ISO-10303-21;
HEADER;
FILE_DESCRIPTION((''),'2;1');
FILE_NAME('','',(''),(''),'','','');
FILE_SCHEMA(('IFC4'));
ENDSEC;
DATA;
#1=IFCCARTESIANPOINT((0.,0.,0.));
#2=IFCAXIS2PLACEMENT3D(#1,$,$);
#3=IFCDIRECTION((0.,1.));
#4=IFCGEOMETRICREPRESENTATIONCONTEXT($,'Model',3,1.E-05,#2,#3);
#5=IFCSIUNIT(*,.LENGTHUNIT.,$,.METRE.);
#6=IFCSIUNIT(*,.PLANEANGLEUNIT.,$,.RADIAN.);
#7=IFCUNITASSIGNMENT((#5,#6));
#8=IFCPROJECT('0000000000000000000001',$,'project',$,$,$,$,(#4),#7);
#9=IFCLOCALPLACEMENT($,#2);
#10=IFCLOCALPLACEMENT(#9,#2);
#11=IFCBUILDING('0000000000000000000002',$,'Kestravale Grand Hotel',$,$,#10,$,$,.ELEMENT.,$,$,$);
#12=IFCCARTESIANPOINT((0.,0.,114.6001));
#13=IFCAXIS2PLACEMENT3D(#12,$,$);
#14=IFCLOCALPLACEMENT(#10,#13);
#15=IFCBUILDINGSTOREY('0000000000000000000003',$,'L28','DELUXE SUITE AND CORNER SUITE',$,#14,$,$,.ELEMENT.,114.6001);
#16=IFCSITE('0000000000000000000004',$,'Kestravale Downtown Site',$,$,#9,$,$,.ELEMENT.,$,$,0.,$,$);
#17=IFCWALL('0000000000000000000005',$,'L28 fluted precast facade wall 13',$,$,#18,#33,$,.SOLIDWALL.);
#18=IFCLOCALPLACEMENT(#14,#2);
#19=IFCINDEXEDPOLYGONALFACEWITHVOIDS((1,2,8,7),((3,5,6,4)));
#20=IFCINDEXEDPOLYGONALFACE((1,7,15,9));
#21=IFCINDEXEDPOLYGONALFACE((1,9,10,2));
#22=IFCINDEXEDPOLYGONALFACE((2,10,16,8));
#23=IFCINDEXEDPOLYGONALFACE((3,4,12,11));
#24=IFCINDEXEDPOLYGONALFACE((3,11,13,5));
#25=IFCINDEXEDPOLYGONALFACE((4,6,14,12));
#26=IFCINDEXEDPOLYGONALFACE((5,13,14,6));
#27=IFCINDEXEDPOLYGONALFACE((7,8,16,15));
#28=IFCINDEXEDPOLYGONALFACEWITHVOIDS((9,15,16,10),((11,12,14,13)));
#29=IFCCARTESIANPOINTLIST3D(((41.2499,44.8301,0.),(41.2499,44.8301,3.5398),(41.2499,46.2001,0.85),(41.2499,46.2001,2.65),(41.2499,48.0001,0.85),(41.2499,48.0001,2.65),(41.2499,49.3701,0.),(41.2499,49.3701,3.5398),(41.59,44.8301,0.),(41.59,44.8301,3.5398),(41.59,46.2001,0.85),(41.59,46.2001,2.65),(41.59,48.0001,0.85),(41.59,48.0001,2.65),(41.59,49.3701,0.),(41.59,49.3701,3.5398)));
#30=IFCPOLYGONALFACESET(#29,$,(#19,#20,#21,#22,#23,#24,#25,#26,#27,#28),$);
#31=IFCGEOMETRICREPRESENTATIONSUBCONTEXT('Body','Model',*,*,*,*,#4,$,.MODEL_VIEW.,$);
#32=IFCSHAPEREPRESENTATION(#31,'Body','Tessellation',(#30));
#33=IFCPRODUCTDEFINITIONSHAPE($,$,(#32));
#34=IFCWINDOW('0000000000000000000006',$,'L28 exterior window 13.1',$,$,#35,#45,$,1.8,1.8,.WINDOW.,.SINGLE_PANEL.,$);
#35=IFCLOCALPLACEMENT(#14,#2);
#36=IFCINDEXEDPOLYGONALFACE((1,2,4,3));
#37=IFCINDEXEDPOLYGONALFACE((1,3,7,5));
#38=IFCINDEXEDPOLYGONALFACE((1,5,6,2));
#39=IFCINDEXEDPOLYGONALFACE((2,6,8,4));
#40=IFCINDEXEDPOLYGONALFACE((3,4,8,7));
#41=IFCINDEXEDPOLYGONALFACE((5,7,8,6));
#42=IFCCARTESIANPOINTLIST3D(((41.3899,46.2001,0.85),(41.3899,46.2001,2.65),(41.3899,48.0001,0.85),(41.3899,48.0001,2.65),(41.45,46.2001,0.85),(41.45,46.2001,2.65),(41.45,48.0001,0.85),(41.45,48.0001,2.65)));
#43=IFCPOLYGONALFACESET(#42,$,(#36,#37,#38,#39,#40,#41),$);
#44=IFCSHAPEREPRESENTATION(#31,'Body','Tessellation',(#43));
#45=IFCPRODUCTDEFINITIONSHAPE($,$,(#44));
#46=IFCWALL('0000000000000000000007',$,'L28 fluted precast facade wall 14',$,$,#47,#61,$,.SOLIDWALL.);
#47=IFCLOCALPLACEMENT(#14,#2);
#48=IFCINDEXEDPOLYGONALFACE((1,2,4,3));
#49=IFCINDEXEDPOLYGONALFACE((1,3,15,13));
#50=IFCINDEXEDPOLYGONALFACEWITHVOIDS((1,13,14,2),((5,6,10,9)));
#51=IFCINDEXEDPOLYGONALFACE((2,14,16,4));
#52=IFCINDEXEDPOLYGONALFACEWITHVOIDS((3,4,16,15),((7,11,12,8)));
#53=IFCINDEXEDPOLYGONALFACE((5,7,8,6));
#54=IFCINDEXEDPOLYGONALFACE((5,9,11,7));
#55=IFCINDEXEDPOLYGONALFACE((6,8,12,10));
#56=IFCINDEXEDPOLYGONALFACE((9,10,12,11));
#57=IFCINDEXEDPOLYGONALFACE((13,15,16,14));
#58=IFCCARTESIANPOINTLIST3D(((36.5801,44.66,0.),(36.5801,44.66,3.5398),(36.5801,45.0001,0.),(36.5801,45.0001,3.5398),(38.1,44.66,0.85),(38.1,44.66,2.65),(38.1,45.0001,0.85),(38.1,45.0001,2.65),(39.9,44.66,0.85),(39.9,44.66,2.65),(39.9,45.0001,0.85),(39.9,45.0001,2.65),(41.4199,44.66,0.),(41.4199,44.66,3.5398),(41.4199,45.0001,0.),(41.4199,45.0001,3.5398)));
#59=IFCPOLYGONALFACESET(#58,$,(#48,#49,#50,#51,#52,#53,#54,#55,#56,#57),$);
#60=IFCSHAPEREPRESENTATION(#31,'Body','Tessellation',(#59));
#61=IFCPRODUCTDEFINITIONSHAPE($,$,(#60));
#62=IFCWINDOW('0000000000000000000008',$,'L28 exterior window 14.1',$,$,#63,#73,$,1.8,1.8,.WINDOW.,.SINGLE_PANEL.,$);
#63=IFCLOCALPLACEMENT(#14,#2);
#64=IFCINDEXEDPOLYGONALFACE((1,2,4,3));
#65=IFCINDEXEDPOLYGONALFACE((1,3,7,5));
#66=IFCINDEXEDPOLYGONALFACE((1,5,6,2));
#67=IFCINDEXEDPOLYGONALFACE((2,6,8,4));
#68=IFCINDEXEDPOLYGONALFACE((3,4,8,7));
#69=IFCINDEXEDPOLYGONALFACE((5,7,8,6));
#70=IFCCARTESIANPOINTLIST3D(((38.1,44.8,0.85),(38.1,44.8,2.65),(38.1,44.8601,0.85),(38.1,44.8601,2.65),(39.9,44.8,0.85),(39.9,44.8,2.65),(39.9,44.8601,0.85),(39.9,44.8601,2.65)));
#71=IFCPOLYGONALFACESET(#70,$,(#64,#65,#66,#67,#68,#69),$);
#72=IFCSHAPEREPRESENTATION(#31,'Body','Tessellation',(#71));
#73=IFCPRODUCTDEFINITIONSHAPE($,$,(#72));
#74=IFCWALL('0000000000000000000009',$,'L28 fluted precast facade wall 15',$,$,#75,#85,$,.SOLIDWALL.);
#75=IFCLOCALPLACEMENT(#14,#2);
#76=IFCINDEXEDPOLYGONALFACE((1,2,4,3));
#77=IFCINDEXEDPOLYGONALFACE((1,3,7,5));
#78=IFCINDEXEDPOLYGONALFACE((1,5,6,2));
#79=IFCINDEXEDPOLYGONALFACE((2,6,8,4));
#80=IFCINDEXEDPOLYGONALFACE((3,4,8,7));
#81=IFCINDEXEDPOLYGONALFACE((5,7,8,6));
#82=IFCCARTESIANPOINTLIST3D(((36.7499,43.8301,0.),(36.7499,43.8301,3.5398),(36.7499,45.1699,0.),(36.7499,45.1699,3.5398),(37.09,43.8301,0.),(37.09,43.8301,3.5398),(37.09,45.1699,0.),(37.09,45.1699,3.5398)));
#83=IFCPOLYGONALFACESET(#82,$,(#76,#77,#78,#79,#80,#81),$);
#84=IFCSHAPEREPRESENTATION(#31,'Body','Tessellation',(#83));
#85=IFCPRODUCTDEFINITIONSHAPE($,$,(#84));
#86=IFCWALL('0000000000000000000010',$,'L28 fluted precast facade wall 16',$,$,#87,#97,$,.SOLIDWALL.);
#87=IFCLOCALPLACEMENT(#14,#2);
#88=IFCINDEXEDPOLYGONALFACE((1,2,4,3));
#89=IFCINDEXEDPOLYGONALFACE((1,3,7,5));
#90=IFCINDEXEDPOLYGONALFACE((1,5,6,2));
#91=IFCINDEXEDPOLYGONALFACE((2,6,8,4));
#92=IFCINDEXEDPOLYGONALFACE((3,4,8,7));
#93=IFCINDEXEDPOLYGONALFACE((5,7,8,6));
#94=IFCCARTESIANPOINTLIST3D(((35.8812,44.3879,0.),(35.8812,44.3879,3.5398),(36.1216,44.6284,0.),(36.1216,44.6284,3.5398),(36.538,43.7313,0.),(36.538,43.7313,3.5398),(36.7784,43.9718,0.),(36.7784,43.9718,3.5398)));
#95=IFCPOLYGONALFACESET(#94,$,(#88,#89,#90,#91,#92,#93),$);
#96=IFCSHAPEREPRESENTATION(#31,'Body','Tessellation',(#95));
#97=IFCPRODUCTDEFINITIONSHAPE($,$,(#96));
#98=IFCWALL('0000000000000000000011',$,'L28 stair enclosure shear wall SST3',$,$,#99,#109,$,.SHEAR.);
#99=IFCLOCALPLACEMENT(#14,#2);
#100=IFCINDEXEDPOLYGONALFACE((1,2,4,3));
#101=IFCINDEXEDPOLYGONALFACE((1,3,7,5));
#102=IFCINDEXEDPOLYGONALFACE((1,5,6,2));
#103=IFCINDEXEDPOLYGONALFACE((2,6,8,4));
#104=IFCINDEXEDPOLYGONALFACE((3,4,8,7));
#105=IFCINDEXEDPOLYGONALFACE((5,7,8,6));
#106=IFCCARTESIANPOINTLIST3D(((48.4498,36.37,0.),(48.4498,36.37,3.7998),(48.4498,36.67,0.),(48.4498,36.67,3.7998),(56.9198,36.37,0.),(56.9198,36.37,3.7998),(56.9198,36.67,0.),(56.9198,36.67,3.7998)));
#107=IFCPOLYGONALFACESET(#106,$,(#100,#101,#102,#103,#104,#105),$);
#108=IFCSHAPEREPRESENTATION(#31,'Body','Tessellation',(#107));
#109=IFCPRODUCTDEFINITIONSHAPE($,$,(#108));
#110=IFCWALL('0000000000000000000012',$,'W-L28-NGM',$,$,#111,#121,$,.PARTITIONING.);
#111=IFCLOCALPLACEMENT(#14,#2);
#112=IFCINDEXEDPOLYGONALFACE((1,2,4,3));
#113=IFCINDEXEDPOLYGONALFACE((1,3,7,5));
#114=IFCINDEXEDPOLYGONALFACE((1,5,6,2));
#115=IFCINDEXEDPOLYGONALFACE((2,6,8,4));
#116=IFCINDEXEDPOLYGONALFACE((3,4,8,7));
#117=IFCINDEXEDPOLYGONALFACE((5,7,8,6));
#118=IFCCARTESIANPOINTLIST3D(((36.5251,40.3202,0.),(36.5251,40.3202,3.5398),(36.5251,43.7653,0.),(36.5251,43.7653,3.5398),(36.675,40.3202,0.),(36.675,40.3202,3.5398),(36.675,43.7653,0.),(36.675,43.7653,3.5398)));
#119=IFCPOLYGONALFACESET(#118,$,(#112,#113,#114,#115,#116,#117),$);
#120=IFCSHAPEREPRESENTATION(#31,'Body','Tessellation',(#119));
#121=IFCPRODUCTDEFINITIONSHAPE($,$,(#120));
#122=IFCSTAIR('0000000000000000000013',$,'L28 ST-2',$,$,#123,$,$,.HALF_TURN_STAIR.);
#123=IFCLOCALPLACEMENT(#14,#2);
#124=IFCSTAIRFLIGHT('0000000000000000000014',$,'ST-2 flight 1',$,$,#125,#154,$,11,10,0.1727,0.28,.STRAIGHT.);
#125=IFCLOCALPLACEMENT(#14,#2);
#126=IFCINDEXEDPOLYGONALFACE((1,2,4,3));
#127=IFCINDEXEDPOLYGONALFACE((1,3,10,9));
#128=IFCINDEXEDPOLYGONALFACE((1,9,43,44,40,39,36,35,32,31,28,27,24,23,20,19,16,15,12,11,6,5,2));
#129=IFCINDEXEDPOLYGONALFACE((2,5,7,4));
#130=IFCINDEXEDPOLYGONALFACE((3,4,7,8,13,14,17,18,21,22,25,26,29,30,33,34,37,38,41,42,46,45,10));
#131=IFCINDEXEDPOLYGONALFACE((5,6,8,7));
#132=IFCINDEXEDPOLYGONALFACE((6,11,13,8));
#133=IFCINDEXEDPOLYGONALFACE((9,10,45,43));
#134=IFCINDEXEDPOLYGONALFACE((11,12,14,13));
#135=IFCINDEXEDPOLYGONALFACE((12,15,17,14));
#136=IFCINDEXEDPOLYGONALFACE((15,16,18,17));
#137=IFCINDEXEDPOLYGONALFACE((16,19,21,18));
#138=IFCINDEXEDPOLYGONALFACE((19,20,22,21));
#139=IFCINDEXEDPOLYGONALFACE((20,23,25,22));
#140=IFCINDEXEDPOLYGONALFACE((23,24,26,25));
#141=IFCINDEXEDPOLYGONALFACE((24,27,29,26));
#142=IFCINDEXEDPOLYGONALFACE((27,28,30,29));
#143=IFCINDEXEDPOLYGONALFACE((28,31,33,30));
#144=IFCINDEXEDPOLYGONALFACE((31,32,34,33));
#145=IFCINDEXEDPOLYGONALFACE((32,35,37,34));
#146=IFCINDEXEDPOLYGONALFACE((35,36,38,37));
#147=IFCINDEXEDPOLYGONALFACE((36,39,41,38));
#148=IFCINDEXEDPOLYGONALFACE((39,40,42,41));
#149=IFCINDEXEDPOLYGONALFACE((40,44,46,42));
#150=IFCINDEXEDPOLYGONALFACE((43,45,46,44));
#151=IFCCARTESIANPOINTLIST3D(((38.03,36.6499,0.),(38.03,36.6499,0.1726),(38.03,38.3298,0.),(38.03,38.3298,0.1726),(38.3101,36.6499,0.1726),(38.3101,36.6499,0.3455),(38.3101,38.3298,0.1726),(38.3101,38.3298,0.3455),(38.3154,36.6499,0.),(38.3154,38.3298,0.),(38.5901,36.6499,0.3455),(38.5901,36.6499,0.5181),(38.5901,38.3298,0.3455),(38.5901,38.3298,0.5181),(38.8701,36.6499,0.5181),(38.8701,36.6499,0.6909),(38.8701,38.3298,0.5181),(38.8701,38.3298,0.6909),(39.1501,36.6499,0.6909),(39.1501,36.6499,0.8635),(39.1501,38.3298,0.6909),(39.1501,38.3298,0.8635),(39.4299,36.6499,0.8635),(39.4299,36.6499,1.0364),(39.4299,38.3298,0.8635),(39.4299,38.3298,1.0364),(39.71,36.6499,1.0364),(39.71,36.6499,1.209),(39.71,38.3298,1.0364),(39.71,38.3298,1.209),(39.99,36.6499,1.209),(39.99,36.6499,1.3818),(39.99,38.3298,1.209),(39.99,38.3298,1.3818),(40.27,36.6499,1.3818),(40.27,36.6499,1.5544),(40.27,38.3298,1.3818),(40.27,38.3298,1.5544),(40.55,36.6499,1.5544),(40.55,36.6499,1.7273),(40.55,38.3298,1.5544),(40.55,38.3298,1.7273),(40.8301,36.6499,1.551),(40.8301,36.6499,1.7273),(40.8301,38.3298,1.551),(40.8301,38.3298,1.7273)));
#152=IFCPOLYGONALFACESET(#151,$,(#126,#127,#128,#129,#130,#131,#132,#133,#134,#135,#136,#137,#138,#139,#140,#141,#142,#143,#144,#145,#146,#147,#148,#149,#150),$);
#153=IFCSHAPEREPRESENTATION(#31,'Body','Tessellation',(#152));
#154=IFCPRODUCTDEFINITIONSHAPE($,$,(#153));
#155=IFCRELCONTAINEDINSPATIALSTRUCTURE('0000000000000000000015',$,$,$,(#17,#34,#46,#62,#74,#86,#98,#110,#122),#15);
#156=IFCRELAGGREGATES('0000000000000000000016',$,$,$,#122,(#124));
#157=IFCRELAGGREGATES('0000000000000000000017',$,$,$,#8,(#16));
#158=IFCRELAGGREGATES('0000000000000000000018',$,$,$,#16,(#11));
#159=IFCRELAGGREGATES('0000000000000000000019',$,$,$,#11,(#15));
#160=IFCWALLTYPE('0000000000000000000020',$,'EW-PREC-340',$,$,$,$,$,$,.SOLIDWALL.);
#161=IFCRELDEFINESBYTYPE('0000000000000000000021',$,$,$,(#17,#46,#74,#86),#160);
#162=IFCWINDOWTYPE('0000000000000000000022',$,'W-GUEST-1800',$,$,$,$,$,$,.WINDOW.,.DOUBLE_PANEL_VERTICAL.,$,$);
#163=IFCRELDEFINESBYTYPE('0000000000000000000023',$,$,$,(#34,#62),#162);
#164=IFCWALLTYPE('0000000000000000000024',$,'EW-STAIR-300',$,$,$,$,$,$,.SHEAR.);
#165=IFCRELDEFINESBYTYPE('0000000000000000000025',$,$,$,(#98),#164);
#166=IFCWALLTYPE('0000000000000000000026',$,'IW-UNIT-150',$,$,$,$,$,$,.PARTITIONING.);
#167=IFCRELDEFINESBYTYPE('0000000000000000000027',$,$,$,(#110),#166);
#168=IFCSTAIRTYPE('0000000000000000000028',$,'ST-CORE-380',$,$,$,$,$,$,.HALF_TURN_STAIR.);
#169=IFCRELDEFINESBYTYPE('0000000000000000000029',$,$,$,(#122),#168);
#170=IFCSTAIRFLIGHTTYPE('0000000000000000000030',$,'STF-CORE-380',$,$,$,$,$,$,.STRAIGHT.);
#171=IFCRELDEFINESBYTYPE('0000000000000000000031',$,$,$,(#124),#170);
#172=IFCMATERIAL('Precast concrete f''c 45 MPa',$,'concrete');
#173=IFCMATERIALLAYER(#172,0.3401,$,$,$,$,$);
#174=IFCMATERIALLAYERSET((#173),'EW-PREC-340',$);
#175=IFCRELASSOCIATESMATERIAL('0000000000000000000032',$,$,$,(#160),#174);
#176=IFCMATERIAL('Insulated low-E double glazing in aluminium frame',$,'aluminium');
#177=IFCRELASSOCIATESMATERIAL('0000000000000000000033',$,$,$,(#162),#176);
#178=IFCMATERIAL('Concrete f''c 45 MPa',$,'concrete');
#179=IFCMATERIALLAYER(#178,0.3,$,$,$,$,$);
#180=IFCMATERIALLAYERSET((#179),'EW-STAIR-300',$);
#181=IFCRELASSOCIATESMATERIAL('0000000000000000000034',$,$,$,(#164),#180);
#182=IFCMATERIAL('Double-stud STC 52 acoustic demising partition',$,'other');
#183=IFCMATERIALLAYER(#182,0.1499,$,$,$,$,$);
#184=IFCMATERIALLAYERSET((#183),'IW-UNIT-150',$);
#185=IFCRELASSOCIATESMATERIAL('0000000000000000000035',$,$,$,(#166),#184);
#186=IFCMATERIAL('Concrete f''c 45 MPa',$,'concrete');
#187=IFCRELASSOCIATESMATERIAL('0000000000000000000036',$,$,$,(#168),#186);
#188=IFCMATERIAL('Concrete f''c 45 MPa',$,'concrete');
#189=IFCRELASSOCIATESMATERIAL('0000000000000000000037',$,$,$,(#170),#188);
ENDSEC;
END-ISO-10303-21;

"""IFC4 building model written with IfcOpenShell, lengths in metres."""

from ifc_helpers import new_model, si_unit, direction, frame, frame_2d, origin, place, context, subcontext, project, spatial, polyline, rectangle, outline, extrude, material, layer, layer_set, type_object, element, fill, aggregate, save


model = new_model("IFC4")

# Units and contexts
model_context = context("Model", 3, precision=1e-05, world=origin(), true_north=direction((0.0, 1.0)))
body_context = subcontext(model_context, "Body", "Model", "MODEL_VIEW")
ifc_project = project(units=[si_unit("LENGTHUNIT", "METRE"), si_unit("PLANEANGLEUNIT", "RADIAN")], contexts=[model_context])

# Site, building, storey
site_placement = place(None, origin())
site = spatial("IfcSite", under=ifc_project, at=site_placement, Name="Kestravale Downtown Site", CompositionType="ELEMENT", RefElevation=0.0)
building_placement = place(site_placement, origin())
building = spatial("IfcBuilding", under=site, at=building_placement, Name="Kestravale Grand Hotel", CompositionType="ELEMENT")
storey_placement = place(building_placement, frame((0.0, 0.0, 114.6001)))
storey = spatial("IfcBuildingStorey", under=building, at=storey_placement, Name="L28", Description="DELUXE SUITE AND CORNER SUITE", CompositionType="ELEMENT", Elevation=114.6001)

# Shared definitions
ifc_material_1 = material(Name="Precast concrete f'c 45 MPa", Category="concrete")
ifc_layer_1 = layer(ifc_material_1, 0.3401)
ifc_layer_set_1 = layer_set([ifc_layer_1], Name="EW-PREC-340")
wall_type_1 = type_object("IfcWallType", Name="EW-PREC-340", PredefinedType="SOLIDWALL", material=ifc_layer_set_1)

# Walls, openings, windows
wall_1_placement = place(storey_placement, frame((41.4199, 49.3701, 0.0), z_axis=(0.0, 0.0, 1.0), x_axis=(0.0, -1.0, 0.0)))
wall_1 = element("IfcWall", 1, at=wall_1_placement, inside=storey, type_object=wall_type_1, Name="L28 fluted precast facade wall 13", PredefinedType="SOLIDWALL", context=body_context, shape_type="SweptSolid", body=[
    extrude(rectangle(XDim=4.54, YDim=0.3401, at=frame_2d((2.27, 0.0))), origin(), (0.0, 0.0, 1.0), 3.5398),
])
opening_1_placement = place(wall_1_placement, frame((1.3701, 0.0, 0.8501)))
opening_1 = element("IfcOpeningElement", 2, at=opening_1_placement, cuts=wall_1, PredefinedType="OPENING", context=body_context, shape_type="SweptSolid", body=[
    extrude(rectangle(XDim=1.8, YDim=1.8, at=frame_2d((0.8999, 0.8999))), frame((0.0, 0.1799, 0.0), z_axis=(0.0, -1.0, 0.0), x_axis=(1.0, 0.0, 0.0)), (0.0, 0.0, 1.0), 0.3601),
])
ifc_material_2 = material(Name="Insulated low-E double glazing in aluminium frame", Category="aluminium")
window_type = type_object("IfcWindowType", Name="W-GUEST-1800", PartitioningType="DOUBLE_PANEL_VERTICAL", PredefinedType="WINDOW", material=ifc_material_2)
window_1_placement = place(opening_1_placement, origin())
window_1 = element("IfcWindow", 3, at=window_1_placement, inside=storey, type_object=window_type, Name="L28 exterior window 13.1", OverallHeight=1.8, OverallWidth=1.8, PartitioningType="SINGLE_PANEL", PredefinedType="WINDOW", context=body_context, shape_type="SweptSolid", body=[
    extrude(rectangle(XDim=1.8, YDim=1.8, at=frame_2d((0.8999, 0.8999))), frame((0.0, 0.03, 0.0), z_axis=(0.0, -1.0, 0.0), x_axis=(1.0, 0.0, 0.0)), (0.0, 0.0, 1.0), 0.0601),
])
fill(opening_1, window_1)
wall_2_placement = place(storey_placement, frame((41.4199, 44.8301, 0.0), z_axis=(0.0, 0.0, 1.0), x_axis=(-1.0, 0.0, 0.0)))
wall_2 = element("IfcWall", 4, at=wall_2_placement, inside=storey, type_object=wall_type_1, Name="L28 fluted precast facade wall 14", PredefinedType="SOLIDWALL", context=body_context, shape_type="SweptSolid", body=[
    extrude(rectangle(XDim=4.8398, YDim=0.3401, at=frame_2d((2.4199, 0.0))), origin(), (0.0, 0.0, 1.0), 3.5398),
])
opening_2_placement = place(wall_2_placement, frame((1.52, 0.0, 0.8501)))
opening_2 = element("IfcOpeningElement", 5, at=opening_2_placement, cuts=wall_2, PredefinedType="OPENING", context=body_context, shape_type="SweptSolid", body=[
    extrude(rectangle(XDim=1.8, YDim=1.8, at=frame_2d((0.8999, 0.8999))), frame((0.0, 0.1799, 0.0), z_axis=(0.0, -1.0, 0.0), x_axis=(1.0, 0.0, 0.0)), (0.0, 0.0, 1.0), 0.3601),
])
window_2_placement = place(opening_2_placement, origin())
window_2 = element("IfcWindow", 6, at=window_2_placement, inside=storey, type_object=window_type, Name="L28 exterior window 14.1", OverallHeight=1.8, OverallWidth=1.8, PartitioningType="SINGLE_PANEL", PredefinedType="WINDOW", context=body_context, shape_type="SweptSolid", body=[
    extrude(rectangle(XDim=1.8, YDim=1.8, at=frame_2d((0.8999, 0.8999))), frame((0.0, 0.03, 0.0), z_axis=(0.0, -1.0, 0.0), x_axis=(1.0, 0.0, 0.0)), (0.0, 0.0, 1.0), 0.0601),
])
fill(opening_2, window_2)

# Walls
wall_3_placement = place(storey_placement, frame((36.9199, 45.1699, 0.0), z_axis=(0.0, 0.0, 1.0), x_axis=(0.0, -1.0, 0.0)))
element("IfcWall", 7, at=wall_3_placement, inside=storey, type_object=wall_type_1, Name="L28 fluted precast facade wall 15", PredefinedType="SOLIDWALL", context=body_context, shape_type="SweptSolid", body=[
    extrude(rectangle(XDim=1.3398, YDim=0.3401, at=frame_2d((0.6699, 0.0))), origin(), (0.0, 0.0, 1.0), 3.5398),
])
wall_4_placement = place(storey_placement, frame((36.6582, 43.8516, 0.0), z_axis=(0.0, 0.0, 1.0), x_axis=(-0.707238, 0.706975, 0.0)))
element("IfcWall", 8, at=wall_4_placement, inside=storey, type_object=wall_type_1, Name="L28 fluted precast facade wall 16", PredefinedType="SOLIDWALL", context=body_context, shape_type="SweptSolid", body=[
    extrude(rectangle(XDim=0.9287, YDim=0.3401, at=frame_2d((0.4644, 0.0))), origin(), (0.0, 0.0, 1.0), 3.5398),
])
ifc_material_3 = material(Name="Concrete f'c 45 MPa", Category="concrete")
ifc_layer_2 = layer(ifc_material_3, 0.3)
ifc_layer_set_2 = layer_set([ifc_layer_2], Name="EW-STAIR-300")
wall_type_2 = type_object("IfcWallType", Name="EW-STAIR-300", PredefinedType="SHEAR", material=ifc_layer_set_2)
wall_5_placement = place(storey_placement, frame((48.45, 36.52, 0.0), z_axis=(0.0, 0.0, 1.0), x_axis=(1.0, 0.0, 0.0)))
element("IfcWall", 9, at=wall_5_placement, inside=storey, type_object=wall_type_2, Name="L28 stair enclosure shear wall SST3", PredefinedType="SHEAR", context=body_context, shape_type="SweptSolid", body=[
    extrude(rectangle(XDim=8.47, YDim=0.3, at=frame_2d((4.2349, 0.0))), origin(), (0.0, 0.0, 1.0), 3.7998),
])
ifc_material_4 = material(Name="Double-stud STC 52 acoustic demising partition", Category="other")
ifc_layer_3 = layer(ifc_material_4, 0.1499)
ifc_layer_set_3 = layer_set([ifc_layer_3], Name="IW-UNIT-150")
wall_type_3 = type_object("IfcWallType", Name="IW-UNIT-150", PredefinedType="PARTITIONING", material=ifc_layer_set_3)
wall_6_placement = place(storey_placement, frame((36.6001, 40.3201, 0.0), z_axis=(0.0, 0.0, 1.0), x_axis=(0.0, 1.0, 0.0)))
element("IfcWall", 10, at=wall_6_placement, inside=storey, type_object=wall_type_3, Name="W-L28-NGM", PredefinedType="PARTITIONING", context=body_context, shape_type="SweptSolid", body=[
    extrude(rectangle(XDim=3.4451, YDim=0.1499, at=frame_2d((1.7227, 0.0))), origin(), (0.0, 0.0, 1.0), 3.5398),
])

# Stair, stair flight
ifc_material_5 = material(Name="Concrete f'c 45 MPa", Category="concrete")
stair_type = type_object("IfcStairType", Name="ST-CORE-380", PredefinedType="HALF_TURN_STAIR", material=ifc_material_5)
stair_placement = place(storey_placement, origin())
stair = element("IfcStair", 11, at=stair_placement, inside=storey, type_object=stair_type, Name="L28 ST-2", PredefinedType="HALF_TURN_STAIR")
ifc_material_6 = material(Name="Concrete f'c 45 MPa", Category="concrete")
stair_flight_type = type_object("IfcStairFlightType", Name="STF-CORE-380", PredefinedType="STRAIGHT", material=ifc_material_6)
stair_flight_1_placement = place(storey_placement, frame((38.03, 37.49, 0.0), z_axis=(0.0, 0.0, 1.0), x_axis=(1.0, 0.0, 0.0)))
stair_flight_1 = element("IfcStairFlight", 12, at=stair_flight_1_placement, type_object=stair_flight_type, Name="ST-2 flight 1", NumberOfRisers=11, NumberOfTreads=10, PredefinedType="STRAIGHT", RiserHeight=0.1727, TreadLength=0.28, context=body_context, shape_type="SweptSolid", body=[
    extrude(outline(polyline([(0.0, 0.0), (0.0, 0.1726), (0.28, 0.1726), (0.28, 0.3455), (0.5601, 0.3455), (0.5601, 0.5181), (0.8401, 0.5181), (0.8401, 0.6909), (1.1201, 0.6909), (1.1201, 0.8635), (1.3999, 0.8635), (1.3999, 1.0364), (1.6799, 1.0364), (1.6799, 1.209), (1.96, 1.209), (1.96, 1.3818), (2.24, 1.3818), (2.24, 1.5544), (2.52, 1.5544), (2.52, 1.7273), (2.8, 1.7273), (2.8, 1.8999), (2.8, 1.551), (0.2854, 0.0), (0.0, 0.0)])), frame((0.0, 0.8398, 0.0), z_axis=(0.0, -1.0, 0.0), x_axis=(1.0, 0.0, 0.0)), (0.0, 0.0, 1.0), 1.6799),
])
aggregate(stair, [stair_flight_1])

save(model, "model.ifc")
